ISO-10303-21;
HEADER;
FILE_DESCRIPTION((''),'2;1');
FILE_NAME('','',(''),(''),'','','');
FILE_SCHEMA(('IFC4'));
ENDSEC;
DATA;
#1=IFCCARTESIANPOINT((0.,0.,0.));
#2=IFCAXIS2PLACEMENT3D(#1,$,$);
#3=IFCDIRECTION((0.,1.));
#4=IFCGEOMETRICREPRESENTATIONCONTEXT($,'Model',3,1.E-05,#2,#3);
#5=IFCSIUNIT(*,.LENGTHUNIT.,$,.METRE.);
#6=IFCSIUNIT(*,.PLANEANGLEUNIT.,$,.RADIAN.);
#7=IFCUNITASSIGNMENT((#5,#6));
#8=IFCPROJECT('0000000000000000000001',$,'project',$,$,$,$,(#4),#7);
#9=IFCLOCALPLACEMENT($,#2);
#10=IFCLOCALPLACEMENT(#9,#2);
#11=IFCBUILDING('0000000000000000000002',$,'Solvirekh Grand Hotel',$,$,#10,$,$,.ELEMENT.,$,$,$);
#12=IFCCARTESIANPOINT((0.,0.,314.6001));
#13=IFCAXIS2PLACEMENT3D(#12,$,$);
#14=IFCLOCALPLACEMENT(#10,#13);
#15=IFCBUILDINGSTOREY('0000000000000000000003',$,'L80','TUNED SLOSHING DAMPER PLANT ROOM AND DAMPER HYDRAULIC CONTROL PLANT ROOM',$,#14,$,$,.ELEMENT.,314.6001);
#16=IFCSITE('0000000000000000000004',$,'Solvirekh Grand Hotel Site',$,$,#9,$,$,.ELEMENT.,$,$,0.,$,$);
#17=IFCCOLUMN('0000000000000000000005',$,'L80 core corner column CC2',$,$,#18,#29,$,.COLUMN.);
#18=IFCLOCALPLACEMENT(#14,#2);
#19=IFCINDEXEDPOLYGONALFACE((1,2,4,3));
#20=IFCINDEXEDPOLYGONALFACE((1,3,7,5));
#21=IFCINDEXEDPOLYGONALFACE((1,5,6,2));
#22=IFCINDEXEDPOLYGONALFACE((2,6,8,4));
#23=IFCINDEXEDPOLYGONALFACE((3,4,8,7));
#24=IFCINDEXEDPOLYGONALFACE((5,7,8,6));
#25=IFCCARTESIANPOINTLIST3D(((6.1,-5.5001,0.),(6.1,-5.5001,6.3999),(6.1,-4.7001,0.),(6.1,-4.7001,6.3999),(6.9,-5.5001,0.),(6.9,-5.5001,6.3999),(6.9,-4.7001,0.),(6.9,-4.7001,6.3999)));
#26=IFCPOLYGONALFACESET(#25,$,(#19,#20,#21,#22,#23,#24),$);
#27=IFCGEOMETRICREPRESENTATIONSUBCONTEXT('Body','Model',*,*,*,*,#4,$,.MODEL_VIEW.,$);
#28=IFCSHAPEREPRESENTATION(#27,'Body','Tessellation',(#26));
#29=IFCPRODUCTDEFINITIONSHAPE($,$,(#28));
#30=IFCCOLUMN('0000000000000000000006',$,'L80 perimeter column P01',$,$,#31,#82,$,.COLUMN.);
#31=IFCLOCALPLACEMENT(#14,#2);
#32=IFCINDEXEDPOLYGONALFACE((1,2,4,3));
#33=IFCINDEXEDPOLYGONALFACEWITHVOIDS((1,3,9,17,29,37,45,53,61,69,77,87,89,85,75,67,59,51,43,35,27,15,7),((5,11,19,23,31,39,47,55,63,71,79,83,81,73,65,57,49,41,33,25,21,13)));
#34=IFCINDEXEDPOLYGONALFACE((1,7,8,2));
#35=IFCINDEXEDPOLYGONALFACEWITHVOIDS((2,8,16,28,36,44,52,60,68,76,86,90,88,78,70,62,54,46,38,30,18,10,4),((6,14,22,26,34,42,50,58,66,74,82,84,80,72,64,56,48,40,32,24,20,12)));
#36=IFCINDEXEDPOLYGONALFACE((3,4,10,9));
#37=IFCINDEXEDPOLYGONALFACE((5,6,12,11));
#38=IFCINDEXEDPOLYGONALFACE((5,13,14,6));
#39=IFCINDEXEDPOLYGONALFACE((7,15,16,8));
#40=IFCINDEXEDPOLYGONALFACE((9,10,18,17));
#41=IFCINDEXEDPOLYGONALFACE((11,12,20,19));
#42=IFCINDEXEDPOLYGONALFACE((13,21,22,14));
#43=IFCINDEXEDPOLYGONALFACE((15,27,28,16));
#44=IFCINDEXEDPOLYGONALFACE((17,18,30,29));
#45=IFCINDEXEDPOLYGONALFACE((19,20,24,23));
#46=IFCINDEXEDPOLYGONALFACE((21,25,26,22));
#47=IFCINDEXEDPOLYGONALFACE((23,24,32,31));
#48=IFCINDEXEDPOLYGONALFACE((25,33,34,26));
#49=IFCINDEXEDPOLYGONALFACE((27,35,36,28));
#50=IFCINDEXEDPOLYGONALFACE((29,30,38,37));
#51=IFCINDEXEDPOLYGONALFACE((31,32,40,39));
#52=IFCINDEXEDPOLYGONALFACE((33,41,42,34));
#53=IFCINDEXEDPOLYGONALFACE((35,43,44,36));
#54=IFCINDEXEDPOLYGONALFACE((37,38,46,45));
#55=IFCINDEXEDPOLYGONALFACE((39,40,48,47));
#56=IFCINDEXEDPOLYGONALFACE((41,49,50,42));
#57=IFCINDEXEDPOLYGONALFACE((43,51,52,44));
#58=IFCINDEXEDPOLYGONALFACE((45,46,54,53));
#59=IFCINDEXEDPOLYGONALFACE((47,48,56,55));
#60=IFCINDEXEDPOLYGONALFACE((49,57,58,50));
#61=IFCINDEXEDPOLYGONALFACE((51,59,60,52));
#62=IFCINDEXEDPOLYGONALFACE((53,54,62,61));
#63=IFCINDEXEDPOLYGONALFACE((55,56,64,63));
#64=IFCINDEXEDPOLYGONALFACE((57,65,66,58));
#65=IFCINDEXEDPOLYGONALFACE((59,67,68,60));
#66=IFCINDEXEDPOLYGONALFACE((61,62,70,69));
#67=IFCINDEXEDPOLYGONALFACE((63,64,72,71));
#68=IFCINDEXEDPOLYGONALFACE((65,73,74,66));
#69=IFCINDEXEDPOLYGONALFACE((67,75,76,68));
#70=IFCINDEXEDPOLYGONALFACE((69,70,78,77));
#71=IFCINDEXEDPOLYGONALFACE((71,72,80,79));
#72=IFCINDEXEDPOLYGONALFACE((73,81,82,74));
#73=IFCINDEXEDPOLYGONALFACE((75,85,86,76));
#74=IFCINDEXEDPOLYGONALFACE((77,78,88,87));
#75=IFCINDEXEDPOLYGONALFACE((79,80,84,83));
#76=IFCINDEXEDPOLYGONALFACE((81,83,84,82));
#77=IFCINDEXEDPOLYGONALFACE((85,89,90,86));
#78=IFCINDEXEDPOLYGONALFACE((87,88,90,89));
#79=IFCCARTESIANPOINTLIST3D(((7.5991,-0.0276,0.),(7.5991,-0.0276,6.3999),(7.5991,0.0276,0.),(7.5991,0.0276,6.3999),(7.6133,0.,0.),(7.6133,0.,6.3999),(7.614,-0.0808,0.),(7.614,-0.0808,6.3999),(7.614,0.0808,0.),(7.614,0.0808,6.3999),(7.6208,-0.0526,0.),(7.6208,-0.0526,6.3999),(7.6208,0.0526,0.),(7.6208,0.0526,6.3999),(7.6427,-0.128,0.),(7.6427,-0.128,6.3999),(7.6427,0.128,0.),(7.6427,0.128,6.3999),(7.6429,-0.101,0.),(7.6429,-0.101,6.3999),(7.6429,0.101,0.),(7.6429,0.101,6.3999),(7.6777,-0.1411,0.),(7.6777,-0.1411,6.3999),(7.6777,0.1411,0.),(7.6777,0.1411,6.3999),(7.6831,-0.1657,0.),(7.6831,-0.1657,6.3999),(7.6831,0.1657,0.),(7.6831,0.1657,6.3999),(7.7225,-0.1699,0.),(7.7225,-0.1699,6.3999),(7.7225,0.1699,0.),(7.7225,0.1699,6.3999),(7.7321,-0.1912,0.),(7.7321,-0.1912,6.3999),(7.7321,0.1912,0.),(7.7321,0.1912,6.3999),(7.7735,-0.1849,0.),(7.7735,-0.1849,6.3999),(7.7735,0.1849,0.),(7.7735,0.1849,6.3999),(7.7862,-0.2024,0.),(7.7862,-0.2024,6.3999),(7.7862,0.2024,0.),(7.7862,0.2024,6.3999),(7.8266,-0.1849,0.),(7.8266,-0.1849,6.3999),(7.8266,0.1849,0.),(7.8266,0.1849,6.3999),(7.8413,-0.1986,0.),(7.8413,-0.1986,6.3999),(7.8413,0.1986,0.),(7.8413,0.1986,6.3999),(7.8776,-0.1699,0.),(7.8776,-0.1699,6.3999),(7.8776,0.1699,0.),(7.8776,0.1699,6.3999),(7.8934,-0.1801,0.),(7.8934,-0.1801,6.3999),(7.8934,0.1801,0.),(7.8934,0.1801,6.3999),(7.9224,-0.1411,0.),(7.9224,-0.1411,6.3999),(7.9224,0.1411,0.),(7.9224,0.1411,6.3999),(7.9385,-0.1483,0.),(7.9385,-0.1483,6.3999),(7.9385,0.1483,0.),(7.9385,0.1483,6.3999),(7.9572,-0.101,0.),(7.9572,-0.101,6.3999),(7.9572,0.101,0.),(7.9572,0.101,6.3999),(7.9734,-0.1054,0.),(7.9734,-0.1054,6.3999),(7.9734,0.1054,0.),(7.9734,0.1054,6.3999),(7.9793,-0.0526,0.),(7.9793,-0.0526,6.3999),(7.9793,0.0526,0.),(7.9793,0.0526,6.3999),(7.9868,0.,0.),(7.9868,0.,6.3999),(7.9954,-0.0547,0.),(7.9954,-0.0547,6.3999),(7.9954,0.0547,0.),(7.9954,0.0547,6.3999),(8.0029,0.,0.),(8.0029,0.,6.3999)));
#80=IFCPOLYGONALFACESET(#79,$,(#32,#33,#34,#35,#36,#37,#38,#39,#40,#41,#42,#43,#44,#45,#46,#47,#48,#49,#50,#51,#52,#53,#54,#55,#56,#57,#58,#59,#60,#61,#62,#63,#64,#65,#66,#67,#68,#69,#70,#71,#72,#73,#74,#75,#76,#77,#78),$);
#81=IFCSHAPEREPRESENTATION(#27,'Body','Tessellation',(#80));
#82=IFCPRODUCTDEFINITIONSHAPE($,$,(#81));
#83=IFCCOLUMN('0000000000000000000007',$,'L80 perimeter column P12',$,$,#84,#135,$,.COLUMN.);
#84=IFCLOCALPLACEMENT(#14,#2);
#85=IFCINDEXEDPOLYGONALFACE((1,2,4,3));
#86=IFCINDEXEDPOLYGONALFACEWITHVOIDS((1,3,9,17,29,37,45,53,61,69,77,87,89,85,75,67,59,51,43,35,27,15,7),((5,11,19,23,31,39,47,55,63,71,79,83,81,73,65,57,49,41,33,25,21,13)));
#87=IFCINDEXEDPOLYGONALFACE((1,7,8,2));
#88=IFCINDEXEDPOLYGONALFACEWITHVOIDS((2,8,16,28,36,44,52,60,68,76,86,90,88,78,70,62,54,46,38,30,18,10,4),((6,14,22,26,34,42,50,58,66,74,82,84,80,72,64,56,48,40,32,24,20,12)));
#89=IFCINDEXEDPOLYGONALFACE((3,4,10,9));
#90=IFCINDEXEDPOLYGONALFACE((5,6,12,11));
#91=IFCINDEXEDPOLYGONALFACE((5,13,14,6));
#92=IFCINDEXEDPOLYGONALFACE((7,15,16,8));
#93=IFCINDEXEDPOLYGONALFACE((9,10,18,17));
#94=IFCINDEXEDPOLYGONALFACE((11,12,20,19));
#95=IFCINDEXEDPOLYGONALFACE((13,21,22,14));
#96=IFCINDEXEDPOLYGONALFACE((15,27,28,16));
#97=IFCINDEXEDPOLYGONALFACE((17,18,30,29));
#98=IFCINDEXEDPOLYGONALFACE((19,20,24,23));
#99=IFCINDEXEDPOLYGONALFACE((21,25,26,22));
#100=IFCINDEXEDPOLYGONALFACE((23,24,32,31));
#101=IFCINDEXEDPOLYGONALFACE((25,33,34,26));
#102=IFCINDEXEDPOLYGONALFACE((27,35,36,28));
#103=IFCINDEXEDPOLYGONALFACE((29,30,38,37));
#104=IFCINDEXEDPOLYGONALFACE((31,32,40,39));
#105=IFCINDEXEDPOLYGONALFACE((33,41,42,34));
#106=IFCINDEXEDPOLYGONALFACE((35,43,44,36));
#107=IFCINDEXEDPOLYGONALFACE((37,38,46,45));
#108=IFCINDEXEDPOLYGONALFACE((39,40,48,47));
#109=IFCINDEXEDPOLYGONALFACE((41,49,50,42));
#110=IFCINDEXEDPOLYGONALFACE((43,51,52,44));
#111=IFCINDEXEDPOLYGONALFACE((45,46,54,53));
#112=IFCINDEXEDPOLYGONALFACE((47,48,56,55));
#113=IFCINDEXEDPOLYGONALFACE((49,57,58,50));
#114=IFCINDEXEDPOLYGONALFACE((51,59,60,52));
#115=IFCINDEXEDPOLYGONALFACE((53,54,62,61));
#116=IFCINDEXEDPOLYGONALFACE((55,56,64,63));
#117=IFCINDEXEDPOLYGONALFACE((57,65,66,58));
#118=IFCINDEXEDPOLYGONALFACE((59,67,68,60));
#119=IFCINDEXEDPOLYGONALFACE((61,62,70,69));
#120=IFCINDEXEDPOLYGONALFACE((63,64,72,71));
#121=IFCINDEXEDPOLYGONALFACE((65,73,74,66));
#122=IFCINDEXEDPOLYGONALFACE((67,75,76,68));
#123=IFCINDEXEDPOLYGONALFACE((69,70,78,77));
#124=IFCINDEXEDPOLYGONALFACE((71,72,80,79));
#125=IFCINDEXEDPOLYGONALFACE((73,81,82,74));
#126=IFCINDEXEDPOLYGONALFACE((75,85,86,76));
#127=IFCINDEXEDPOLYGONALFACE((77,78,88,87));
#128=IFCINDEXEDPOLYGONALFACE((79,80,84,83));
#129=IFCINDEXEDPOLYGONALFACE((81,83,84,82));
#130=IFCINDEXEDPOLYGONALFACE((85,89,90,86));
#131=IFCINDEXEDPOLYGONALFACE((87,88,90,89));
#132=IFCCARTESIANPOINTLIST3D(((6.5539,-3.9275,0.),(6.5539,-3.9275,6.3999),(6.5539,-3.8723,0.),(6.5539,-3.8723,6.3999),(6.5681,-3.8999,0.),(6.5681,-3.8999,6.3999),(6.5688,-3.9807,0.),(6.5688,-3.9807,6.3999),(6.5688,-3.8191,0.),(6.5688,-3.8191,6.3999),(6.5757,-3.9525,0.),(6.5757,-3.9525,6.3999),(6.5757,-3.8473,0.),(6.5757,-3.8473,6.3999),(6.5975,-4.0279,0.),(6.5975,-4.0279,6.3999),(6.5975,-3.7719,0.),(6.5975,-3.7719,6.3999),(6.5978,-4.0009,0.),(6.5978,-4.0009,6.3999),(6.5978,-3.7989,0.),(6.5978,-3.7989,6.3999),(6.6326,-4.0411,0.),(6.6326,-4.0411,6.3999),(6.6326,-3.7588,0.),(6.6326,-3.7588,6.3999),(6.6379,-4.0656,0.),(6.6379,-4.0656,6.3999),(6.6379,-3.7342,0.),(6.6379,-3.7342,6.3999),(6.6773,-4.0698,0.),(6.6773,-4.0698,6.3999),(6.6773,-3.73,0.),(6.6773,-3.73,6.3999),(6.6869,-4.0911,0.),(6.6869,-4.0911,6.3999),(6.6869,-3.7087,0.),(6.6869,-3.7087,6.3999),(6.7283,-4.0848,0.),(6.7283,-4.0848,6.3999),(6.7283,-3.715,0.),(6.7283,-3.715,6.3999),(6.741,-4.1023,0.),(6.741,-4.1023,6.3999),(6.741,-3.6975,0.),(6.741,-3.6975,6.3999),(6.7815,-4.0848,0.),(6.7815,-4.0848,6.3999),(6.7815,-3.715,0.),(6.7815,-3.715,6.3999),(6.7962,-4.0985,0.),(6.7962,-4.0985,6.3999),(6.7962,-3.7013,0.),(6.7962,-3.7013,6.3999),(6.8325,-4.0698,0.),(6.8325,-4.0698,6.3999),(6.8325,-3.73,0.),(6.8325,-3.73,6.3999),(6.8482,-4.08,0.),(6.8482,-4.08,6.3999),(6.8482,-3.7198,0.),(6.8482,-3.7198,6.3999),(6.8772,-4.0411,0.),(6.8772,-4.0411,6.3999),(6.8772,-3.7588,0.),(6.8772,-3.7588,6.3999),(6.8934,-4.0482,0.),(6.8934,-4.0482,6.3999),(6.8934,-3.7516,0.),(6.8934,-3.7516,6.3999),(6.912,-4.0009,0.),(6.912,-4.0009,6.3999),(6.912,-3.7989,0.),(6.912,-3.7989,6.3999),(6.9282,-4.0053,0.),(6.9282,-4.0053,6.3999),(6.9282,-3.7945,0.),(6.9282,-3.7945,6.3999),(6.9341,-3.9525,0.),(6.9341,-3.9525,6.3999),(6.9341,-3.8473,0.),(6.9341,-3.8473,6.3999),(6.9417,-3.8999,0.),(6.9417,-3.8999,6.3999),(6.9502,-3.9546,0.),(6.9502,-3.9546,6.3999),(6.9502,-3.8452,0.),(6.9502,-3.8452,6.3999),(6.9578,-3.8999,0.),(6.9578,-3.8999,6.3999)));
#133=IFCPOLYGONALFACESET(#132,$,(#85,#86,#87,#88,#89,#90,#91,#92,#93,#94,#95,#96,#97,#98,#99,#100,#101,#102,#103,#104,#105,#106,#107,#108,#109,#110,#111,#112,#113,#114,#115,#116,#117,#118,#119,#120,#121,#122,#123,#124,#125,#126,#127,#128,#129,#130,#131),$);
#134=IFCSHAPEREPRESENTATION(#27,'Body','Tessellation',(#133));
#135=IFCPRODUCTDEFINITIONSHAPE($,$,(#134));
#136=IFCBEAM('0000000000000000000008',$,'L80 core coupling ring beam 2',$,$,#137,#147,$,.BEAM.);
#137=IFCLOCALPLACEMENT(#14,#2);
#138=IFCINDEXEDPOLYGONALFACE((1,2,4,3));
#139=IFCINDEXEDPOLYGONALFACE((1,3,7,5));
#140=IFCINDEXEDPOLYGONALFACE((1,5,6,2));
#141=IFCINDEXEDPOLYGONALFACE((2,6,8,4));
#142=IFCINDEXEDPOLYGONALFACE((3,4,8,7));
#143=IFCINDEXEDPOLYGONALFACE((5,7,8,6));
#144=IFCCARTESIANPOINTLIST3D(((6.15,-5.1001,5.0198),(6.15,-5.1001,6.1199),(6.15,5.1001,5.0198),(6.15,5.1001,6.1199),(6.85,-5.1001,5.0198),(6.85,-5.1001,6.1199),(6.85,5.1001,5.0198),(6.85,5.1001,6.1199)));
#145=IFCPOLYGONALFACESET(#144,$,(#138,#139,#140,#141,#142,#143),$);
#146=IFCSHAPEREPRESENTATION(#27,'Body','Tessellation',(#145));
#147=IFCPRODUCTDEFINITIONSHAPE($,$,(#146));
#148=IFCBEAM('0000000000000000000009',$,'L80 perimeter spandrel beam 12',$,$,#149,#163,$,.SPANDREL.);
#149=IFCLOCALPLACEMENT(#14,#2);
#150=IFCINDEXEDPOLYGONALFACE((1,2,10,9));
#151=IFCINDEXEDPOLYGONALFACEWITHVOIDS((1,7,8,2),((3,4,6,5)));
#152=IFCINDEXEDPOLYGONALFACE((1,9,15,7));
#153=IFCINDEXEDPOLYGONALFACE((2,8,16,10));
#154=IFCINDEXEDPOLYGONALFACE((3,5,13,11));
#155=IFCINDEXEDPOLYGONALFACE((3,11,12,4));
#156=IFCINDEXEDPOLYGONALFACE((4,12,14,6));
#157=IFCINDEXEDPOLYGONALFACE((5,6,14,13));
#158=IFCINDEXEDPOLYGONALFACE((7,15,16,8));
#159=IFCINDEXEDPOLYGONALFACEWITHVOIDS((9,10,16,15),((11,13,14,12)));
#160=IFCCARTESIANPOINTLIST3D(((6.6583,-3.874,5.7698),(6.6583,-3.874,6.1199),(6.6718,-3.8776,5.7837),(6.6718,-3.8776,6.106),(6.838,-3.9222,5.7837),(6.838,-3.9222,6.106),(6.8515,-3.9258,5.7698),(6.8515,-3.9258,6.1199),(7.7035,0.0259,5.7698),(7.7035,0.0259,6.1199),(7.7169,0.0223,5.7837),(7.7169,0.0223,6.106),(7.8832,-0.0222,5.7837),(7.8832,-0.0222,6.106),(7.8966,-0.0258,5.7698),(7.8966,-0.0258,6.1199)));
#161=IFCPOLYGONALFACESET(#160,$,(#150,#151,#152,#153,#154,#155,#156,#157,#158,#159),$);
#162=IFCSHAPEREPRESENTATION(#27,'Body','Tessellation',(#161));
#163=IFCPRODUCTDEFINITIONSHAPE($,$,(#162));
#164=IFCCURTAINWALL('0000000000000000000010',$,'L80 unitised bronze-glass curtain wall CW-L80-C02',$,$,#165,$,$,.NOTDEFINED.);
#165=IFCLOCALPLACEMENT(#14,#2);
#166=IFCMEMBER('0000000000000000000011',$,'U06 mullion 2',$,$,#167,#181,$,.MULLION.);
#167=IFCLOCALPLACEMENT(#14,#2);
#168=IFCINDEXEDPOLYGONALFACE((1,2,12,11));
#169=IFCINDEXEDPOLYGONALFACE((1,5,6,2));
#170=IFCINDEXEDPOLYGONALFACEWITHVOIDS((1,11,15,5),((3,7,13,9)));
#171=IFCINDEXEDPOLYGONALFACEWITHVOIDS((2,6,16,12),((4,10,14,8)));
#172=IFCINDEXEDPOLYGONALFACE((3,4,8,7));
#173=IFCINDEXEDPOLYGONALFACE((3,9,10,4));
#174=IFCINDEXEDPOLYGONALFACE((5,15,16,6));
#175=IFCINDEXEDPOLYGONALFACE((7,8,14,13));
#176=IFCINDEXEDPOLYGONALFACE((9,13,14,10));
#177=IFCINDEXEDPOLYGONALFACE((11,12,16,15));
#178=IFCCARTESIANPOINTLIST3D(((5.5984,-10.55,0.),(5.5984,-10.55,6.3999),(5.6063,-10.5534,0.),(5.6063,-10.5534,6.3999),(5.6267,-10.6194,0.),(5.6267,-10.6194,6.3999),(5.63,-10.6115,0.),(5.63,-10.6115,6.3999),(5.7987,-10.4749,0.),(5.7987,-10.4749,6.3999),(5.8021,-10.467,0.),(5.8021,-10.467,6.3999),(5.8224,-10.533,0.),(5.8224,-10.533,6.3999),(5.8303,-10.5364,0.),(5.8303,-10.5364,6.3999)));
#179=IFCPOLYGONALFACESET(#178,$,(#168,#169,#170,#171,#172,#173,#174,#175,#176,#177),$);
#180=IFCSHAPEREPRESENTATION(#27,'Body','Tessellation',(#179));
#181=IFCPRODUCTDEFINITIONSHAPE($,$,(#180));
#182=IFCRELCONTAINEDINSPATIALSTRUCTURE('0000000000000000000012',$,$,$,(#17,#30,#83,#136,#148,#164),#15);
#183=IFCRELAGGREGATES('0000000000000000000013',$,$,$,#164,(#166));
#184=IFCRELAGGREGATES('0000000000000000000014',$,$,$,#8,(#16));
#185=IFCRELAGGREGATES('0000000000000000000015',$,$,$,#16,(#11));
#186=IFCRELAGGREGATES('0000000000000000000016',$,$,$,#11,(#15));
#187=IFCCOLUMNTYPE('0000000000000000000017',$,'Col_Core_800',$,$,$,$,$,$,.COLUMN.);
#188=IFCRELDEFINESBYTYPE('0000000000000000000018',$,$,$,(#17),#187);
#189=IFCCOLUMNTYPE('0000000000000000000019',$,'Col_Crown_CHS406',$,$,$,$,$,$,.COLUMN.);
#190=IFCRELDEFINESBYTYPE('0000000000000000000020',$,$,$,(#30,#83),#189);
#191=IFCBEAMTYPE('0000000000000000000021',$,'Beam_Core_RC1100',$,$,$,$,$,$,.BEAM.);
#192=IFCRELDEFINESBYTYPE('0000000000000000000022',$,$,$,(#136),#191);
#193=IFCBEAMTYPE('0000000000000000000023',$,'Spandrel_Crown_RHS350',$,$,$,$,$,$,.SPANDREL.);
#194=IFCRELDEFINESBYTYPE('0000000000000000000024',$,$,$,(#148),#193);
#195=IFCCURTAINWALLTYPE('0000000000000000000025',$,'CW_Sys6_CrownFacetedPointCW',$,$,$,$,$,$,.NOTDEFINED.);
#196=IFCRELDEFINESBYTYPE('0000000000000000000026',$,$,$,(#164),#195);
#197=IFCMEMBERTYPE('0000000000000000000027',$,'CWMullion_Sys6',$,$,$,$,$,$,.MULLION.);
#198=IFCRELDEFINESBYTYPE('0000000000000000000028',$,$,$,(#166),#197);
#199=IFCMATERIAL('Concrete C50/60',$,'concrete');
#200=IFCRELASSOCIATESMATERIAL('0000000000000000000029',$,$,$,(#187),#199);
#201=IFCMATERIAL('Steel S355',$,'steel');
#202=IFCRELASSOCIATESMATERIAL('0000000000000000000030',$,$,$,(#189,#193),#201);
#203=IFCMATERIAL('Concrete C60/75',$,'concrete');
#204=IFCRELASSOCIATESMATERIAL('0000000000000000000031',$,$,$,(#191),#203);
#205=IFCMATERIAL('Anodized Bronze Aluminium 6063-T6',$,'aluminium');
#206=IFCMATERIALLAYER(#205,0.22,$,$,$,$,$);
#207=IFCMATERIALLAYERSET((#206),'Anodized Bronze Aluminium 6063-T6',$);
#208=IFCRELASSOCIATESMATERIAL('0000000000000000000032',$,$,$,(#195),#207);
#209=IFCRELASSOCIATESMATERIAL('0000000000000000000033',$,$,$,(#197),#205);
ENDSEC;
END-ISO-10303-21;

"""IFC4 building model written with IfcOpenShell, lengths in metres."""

from ifc_helpers import new_model, si_unit, direction, frame, origin, origin_2d, place, context, subcontext, project, spatial, rectangle, hollow_rectangle, hollow_circle, extrude, source, transform, mapped, material, layer, layer_set, material_profile, profile_set, type_object, element, aggregate, save


model = new_model("IFC4")

# Units and contexts
model_context = context("Model", 3, precision=1e-05, world=origin(), true_north=direction((0.0, 1.0)))
body_context = subcontext(model_context, "Body", "Model", "MODEL_VIEW")
ifc_project = project(units=[si_unit("LENGTHUNIT", "METRE"), si_unit("PLANEANGLEUNIT", "RADIAN")], contexts=[model_context])

# Site, building, storey
site_placement = place(None, origin())
site = spatial("IfcSite", under=ifc_project, at=site_placement, Name="Solvirekh Grand Hotel Site", CompositionType="ELEMENT", RefElevation=0.0)
building_placement = place(site_placement, origin())
building = spatial("IfcBuilding", under=site, at=building_placement, Name="Solvirekh Grand Hotel", CompositionType="ELEMENT")
storey_placement = place(building_placement, frame((0.0, 0.0, 314.6001)))
storey = spatial("IfcBuildingStorey", under=building, at=storey_placement, Name="L80", Description="TUNED SLOSHING DAMPER PLANT ROOM AND DAMPER HYDRAULIC CONTROL PLANT ROOM", CompositionType="ELEMENT", Elevation=314.6001)

# Columns
ifc_material_1 = material(Name="Concrete C50/60", Category="concrete")
ifc_material_profile_1 = material_profile(ifc_material_1, rectangle(XDim=0.8, YDim=0.8, at=origin_2d()), Name="RC 800X800")
ifc_profile_set_1 = profile_set([ifc_material_profile_1], Name="Concrete C50/60")
column_type_1 = type_object("IfcColumnType", Name="Col_Core_800", PredefinedType="COLUMN", material=ifc_profile_set_1)
column_placement = place(storey_placement, frame((6.5, -5.1001, 0.0), z_axis=(0.0, 0.0, 1.0), x_axis=(1.0, 0.0, 0.0)))
element("IfcColumn", 1, at=column_placement, inside=storey, type_object=column_type_1, Name="L80 core corner column CC2", PredefinedType="COLUMN", context=body_context, shape_type="SweptSolid", body=[
    extrude(rectangle(XDim=0.8, YDim=0.8, at=origin_2d()), origin(), (0.0, 0.0, 1.0), 6.3999),
])
ifc_material_2 = material(Name="Steel S355", Category="steel")
ifc_material_profile_2 = material_profile(ifc_material_2, hollow_circle(Radius=0.2029, WallThickness=0.0161, at=origin_2d()), Name="CHS 406X16")
ifc_profile_set_2 = profile_set([ifc_material_profile_2], Name="Steel S355")
column_type_2 = type_object("IfcColumnType", Name="Col_Crown_CHS406", PredefinedType="COLUMN", material=ifc_profile_set_2)
for number, where, z_axis, x_axis, name in (
    (2, (7.8, 0.0, 0.0), (0.0, 0.0, 1.0), (1.0, 0.0, 0.0), "L80 perimeter column P01"),
    (3, (6.7549, -3.8999, 0.0), (0.0, 0.0, 1.0), (1.0, 0.0, 0.0), "L80 perimeter column P12"),
):
    element("IfcColumn", number, at=place(storey_placement, frame(where, z_axis=z_axis, x_axis=x_axis)), inside=storey, type_object=column_type_2, Name=name, PredefinedType="COLUMN", context=body_context, shape_type="SweptSolid", body=[
        extrude(hollow_circle(Radius=0.2029, WallThickness=0.0161, at=origin_2d()), origin(), (0.0, 0.0, 1.0), 6.3999),
    ])

# Beams
ifc_material_3 = material(Name="Concrete C60/75", Category="concrete")
ifc_material_profile_3 = material_profile(ifc_material_3, rectangle(XDim=0.7, YDim=1.1001, at=origin_2d()), Name="RC BEAM 700X1100")
ifc_profile_set_3 = profile_set([ifc_material_profile_3], Name="Concrete C60/75")
beam_type_1 = type_object("IfcBeamType", Name="Beam_Core_RC1100", PredefinedType="BEAM", material=ifc_profile_set_3)
beam_1_placement = place(storey_placement, frame((6.5, -5.1001, 5.5698), z_axis=(0.0, 1.0, 0.0), x_axis=(-1.0, 0.0, 0.0)))
element("IfcBeam", 4, at=beam_1_placement, inside=storey, type_object=beam_type_1, Name="L80 core coupling ring beam 2", PredefinedType="BEAM", context=body_context, shape_type="SweptSolid", body=[
    extrude(rectangle(XDim=0.7, YDim=1.1001, at=origin_2d()), origin(), (0.0, 0.0, 1.0), 10.2002),
])
ifc_material_profile_4 = material_profile(ifc_material_2, hollow_rectangle(XDim=0.2, YDim=0.3501, WallThickness=0.0139, at=origin_2d()), Name="RHS 350X200X14")
ifc_profile_set_4 = profile_set([ifc_material_profile_4], Name="Steel S355")
beam_type_2 = type_object("IfcBeamType", Name="Spandrel_Crown_RHS350", PredefinedType="SPANDREL", material=ifc_profile_set_4)
beam_2_placement = place(storey_placement, frame((6.7549, -3.8999, 5.9448), z_axis=(0.258863, 0.965914, 0.0), x_axis=(-0.965914, 0.258863, 0.0)))
element("IfcBeam", 5, at=beam_2_placement, inside=storey, type_object=beam_type_2, Name="L80 perimeter spandrel beam 12", PredefinedType="SPANDREL", context=body_context, shape_type="SweptSolid", body=[
    extrude(hollow_rectangle(XDim=0.2, YDim=0.3501, WallThickness=0.0139, at=origin_2d()), origin(), (0.0, 0.0, 1.0), 4.0376),
])

# Curtain wall, member
ifc_material_4 = material(Name="Anodized Bronze Aluminium 6063-T6", Category="aluminium")
ifc_layer_1 = layer(ifc_material_4, 0.22)
ifc_layer_set_1 = layer_set([ifc_layer_1], Name="Anodized Bronze Aluminium 6063-T6")
curtain_wall_type = type_object("IfcCurtainWallType", Name="CW_Sys6_CrownFacetedPointCW", PredefinedType="NOTDEFINED", material=ifc_layer_set_1)
curtain_wall_1_placement = place(storey_placement, origin())
curtain_wall_1 = element("IfcCurtainWall", 6, at=curtain_wall_1_placement, inside=storey, type_object=curtain_wall_type, Name="L80 unitised bronze-glass curtain wall CW-L80-C02", PredefinedType="NOTDEFINED")
ifc_material_profile_5 = material_profile(ifc_material_4, hollow_rectangle(XDim=0.075, YDim=0.22, WallThickness=0.0061, at=origin_2d()), Name="ALU RHS 220X75X6")
ifc_profile_set_5 = profile_set([ifc_material_profile_5], Name="Anodized Bronze Aluminium 6063-T6")
member_type_1 = type_object("IfcMemberType", Name="CWMullion_Sys6", PredefinedType="MULLION", material=ifc_profile_set_5)
shared_shape_1 = source(origin(), body_context, "Body", "SweptSolid", [
    extrude(hollow_rectangle(XDim=0.075, YDim=0.22, WallThickness=0.0061, at=origin_2d()), origin(), (0.0, 0.0, 1.0), 6.3999),
])
member_1_placement = place(storey_placement, frame((5.7144, -10.5432, 0.0), z_axis=(0.0, 0.0, 1.0), x_axis=(-0.377539, 0.925994, 0.0)))
member_1 = element("IfcMember", 7, at=member_1_placement, type_object=member_type_1, Name="U06 mullion 2", PredefinedType="MULLION", context=body_context, shape_type="MappedRepresentation", body=[
    mapped(shared_shape_1, transform((0.0, 0.0, 0.0), x_axis=(1.0, 0.0, 0.0), y_axis=(0.0, 1.0, 0.0), z_axis=(0.0, 0.0, 1.0), scale=1.0)),
])
aggregate(curtain_wall_1, [member_1])

save(model, "model.ifc")
